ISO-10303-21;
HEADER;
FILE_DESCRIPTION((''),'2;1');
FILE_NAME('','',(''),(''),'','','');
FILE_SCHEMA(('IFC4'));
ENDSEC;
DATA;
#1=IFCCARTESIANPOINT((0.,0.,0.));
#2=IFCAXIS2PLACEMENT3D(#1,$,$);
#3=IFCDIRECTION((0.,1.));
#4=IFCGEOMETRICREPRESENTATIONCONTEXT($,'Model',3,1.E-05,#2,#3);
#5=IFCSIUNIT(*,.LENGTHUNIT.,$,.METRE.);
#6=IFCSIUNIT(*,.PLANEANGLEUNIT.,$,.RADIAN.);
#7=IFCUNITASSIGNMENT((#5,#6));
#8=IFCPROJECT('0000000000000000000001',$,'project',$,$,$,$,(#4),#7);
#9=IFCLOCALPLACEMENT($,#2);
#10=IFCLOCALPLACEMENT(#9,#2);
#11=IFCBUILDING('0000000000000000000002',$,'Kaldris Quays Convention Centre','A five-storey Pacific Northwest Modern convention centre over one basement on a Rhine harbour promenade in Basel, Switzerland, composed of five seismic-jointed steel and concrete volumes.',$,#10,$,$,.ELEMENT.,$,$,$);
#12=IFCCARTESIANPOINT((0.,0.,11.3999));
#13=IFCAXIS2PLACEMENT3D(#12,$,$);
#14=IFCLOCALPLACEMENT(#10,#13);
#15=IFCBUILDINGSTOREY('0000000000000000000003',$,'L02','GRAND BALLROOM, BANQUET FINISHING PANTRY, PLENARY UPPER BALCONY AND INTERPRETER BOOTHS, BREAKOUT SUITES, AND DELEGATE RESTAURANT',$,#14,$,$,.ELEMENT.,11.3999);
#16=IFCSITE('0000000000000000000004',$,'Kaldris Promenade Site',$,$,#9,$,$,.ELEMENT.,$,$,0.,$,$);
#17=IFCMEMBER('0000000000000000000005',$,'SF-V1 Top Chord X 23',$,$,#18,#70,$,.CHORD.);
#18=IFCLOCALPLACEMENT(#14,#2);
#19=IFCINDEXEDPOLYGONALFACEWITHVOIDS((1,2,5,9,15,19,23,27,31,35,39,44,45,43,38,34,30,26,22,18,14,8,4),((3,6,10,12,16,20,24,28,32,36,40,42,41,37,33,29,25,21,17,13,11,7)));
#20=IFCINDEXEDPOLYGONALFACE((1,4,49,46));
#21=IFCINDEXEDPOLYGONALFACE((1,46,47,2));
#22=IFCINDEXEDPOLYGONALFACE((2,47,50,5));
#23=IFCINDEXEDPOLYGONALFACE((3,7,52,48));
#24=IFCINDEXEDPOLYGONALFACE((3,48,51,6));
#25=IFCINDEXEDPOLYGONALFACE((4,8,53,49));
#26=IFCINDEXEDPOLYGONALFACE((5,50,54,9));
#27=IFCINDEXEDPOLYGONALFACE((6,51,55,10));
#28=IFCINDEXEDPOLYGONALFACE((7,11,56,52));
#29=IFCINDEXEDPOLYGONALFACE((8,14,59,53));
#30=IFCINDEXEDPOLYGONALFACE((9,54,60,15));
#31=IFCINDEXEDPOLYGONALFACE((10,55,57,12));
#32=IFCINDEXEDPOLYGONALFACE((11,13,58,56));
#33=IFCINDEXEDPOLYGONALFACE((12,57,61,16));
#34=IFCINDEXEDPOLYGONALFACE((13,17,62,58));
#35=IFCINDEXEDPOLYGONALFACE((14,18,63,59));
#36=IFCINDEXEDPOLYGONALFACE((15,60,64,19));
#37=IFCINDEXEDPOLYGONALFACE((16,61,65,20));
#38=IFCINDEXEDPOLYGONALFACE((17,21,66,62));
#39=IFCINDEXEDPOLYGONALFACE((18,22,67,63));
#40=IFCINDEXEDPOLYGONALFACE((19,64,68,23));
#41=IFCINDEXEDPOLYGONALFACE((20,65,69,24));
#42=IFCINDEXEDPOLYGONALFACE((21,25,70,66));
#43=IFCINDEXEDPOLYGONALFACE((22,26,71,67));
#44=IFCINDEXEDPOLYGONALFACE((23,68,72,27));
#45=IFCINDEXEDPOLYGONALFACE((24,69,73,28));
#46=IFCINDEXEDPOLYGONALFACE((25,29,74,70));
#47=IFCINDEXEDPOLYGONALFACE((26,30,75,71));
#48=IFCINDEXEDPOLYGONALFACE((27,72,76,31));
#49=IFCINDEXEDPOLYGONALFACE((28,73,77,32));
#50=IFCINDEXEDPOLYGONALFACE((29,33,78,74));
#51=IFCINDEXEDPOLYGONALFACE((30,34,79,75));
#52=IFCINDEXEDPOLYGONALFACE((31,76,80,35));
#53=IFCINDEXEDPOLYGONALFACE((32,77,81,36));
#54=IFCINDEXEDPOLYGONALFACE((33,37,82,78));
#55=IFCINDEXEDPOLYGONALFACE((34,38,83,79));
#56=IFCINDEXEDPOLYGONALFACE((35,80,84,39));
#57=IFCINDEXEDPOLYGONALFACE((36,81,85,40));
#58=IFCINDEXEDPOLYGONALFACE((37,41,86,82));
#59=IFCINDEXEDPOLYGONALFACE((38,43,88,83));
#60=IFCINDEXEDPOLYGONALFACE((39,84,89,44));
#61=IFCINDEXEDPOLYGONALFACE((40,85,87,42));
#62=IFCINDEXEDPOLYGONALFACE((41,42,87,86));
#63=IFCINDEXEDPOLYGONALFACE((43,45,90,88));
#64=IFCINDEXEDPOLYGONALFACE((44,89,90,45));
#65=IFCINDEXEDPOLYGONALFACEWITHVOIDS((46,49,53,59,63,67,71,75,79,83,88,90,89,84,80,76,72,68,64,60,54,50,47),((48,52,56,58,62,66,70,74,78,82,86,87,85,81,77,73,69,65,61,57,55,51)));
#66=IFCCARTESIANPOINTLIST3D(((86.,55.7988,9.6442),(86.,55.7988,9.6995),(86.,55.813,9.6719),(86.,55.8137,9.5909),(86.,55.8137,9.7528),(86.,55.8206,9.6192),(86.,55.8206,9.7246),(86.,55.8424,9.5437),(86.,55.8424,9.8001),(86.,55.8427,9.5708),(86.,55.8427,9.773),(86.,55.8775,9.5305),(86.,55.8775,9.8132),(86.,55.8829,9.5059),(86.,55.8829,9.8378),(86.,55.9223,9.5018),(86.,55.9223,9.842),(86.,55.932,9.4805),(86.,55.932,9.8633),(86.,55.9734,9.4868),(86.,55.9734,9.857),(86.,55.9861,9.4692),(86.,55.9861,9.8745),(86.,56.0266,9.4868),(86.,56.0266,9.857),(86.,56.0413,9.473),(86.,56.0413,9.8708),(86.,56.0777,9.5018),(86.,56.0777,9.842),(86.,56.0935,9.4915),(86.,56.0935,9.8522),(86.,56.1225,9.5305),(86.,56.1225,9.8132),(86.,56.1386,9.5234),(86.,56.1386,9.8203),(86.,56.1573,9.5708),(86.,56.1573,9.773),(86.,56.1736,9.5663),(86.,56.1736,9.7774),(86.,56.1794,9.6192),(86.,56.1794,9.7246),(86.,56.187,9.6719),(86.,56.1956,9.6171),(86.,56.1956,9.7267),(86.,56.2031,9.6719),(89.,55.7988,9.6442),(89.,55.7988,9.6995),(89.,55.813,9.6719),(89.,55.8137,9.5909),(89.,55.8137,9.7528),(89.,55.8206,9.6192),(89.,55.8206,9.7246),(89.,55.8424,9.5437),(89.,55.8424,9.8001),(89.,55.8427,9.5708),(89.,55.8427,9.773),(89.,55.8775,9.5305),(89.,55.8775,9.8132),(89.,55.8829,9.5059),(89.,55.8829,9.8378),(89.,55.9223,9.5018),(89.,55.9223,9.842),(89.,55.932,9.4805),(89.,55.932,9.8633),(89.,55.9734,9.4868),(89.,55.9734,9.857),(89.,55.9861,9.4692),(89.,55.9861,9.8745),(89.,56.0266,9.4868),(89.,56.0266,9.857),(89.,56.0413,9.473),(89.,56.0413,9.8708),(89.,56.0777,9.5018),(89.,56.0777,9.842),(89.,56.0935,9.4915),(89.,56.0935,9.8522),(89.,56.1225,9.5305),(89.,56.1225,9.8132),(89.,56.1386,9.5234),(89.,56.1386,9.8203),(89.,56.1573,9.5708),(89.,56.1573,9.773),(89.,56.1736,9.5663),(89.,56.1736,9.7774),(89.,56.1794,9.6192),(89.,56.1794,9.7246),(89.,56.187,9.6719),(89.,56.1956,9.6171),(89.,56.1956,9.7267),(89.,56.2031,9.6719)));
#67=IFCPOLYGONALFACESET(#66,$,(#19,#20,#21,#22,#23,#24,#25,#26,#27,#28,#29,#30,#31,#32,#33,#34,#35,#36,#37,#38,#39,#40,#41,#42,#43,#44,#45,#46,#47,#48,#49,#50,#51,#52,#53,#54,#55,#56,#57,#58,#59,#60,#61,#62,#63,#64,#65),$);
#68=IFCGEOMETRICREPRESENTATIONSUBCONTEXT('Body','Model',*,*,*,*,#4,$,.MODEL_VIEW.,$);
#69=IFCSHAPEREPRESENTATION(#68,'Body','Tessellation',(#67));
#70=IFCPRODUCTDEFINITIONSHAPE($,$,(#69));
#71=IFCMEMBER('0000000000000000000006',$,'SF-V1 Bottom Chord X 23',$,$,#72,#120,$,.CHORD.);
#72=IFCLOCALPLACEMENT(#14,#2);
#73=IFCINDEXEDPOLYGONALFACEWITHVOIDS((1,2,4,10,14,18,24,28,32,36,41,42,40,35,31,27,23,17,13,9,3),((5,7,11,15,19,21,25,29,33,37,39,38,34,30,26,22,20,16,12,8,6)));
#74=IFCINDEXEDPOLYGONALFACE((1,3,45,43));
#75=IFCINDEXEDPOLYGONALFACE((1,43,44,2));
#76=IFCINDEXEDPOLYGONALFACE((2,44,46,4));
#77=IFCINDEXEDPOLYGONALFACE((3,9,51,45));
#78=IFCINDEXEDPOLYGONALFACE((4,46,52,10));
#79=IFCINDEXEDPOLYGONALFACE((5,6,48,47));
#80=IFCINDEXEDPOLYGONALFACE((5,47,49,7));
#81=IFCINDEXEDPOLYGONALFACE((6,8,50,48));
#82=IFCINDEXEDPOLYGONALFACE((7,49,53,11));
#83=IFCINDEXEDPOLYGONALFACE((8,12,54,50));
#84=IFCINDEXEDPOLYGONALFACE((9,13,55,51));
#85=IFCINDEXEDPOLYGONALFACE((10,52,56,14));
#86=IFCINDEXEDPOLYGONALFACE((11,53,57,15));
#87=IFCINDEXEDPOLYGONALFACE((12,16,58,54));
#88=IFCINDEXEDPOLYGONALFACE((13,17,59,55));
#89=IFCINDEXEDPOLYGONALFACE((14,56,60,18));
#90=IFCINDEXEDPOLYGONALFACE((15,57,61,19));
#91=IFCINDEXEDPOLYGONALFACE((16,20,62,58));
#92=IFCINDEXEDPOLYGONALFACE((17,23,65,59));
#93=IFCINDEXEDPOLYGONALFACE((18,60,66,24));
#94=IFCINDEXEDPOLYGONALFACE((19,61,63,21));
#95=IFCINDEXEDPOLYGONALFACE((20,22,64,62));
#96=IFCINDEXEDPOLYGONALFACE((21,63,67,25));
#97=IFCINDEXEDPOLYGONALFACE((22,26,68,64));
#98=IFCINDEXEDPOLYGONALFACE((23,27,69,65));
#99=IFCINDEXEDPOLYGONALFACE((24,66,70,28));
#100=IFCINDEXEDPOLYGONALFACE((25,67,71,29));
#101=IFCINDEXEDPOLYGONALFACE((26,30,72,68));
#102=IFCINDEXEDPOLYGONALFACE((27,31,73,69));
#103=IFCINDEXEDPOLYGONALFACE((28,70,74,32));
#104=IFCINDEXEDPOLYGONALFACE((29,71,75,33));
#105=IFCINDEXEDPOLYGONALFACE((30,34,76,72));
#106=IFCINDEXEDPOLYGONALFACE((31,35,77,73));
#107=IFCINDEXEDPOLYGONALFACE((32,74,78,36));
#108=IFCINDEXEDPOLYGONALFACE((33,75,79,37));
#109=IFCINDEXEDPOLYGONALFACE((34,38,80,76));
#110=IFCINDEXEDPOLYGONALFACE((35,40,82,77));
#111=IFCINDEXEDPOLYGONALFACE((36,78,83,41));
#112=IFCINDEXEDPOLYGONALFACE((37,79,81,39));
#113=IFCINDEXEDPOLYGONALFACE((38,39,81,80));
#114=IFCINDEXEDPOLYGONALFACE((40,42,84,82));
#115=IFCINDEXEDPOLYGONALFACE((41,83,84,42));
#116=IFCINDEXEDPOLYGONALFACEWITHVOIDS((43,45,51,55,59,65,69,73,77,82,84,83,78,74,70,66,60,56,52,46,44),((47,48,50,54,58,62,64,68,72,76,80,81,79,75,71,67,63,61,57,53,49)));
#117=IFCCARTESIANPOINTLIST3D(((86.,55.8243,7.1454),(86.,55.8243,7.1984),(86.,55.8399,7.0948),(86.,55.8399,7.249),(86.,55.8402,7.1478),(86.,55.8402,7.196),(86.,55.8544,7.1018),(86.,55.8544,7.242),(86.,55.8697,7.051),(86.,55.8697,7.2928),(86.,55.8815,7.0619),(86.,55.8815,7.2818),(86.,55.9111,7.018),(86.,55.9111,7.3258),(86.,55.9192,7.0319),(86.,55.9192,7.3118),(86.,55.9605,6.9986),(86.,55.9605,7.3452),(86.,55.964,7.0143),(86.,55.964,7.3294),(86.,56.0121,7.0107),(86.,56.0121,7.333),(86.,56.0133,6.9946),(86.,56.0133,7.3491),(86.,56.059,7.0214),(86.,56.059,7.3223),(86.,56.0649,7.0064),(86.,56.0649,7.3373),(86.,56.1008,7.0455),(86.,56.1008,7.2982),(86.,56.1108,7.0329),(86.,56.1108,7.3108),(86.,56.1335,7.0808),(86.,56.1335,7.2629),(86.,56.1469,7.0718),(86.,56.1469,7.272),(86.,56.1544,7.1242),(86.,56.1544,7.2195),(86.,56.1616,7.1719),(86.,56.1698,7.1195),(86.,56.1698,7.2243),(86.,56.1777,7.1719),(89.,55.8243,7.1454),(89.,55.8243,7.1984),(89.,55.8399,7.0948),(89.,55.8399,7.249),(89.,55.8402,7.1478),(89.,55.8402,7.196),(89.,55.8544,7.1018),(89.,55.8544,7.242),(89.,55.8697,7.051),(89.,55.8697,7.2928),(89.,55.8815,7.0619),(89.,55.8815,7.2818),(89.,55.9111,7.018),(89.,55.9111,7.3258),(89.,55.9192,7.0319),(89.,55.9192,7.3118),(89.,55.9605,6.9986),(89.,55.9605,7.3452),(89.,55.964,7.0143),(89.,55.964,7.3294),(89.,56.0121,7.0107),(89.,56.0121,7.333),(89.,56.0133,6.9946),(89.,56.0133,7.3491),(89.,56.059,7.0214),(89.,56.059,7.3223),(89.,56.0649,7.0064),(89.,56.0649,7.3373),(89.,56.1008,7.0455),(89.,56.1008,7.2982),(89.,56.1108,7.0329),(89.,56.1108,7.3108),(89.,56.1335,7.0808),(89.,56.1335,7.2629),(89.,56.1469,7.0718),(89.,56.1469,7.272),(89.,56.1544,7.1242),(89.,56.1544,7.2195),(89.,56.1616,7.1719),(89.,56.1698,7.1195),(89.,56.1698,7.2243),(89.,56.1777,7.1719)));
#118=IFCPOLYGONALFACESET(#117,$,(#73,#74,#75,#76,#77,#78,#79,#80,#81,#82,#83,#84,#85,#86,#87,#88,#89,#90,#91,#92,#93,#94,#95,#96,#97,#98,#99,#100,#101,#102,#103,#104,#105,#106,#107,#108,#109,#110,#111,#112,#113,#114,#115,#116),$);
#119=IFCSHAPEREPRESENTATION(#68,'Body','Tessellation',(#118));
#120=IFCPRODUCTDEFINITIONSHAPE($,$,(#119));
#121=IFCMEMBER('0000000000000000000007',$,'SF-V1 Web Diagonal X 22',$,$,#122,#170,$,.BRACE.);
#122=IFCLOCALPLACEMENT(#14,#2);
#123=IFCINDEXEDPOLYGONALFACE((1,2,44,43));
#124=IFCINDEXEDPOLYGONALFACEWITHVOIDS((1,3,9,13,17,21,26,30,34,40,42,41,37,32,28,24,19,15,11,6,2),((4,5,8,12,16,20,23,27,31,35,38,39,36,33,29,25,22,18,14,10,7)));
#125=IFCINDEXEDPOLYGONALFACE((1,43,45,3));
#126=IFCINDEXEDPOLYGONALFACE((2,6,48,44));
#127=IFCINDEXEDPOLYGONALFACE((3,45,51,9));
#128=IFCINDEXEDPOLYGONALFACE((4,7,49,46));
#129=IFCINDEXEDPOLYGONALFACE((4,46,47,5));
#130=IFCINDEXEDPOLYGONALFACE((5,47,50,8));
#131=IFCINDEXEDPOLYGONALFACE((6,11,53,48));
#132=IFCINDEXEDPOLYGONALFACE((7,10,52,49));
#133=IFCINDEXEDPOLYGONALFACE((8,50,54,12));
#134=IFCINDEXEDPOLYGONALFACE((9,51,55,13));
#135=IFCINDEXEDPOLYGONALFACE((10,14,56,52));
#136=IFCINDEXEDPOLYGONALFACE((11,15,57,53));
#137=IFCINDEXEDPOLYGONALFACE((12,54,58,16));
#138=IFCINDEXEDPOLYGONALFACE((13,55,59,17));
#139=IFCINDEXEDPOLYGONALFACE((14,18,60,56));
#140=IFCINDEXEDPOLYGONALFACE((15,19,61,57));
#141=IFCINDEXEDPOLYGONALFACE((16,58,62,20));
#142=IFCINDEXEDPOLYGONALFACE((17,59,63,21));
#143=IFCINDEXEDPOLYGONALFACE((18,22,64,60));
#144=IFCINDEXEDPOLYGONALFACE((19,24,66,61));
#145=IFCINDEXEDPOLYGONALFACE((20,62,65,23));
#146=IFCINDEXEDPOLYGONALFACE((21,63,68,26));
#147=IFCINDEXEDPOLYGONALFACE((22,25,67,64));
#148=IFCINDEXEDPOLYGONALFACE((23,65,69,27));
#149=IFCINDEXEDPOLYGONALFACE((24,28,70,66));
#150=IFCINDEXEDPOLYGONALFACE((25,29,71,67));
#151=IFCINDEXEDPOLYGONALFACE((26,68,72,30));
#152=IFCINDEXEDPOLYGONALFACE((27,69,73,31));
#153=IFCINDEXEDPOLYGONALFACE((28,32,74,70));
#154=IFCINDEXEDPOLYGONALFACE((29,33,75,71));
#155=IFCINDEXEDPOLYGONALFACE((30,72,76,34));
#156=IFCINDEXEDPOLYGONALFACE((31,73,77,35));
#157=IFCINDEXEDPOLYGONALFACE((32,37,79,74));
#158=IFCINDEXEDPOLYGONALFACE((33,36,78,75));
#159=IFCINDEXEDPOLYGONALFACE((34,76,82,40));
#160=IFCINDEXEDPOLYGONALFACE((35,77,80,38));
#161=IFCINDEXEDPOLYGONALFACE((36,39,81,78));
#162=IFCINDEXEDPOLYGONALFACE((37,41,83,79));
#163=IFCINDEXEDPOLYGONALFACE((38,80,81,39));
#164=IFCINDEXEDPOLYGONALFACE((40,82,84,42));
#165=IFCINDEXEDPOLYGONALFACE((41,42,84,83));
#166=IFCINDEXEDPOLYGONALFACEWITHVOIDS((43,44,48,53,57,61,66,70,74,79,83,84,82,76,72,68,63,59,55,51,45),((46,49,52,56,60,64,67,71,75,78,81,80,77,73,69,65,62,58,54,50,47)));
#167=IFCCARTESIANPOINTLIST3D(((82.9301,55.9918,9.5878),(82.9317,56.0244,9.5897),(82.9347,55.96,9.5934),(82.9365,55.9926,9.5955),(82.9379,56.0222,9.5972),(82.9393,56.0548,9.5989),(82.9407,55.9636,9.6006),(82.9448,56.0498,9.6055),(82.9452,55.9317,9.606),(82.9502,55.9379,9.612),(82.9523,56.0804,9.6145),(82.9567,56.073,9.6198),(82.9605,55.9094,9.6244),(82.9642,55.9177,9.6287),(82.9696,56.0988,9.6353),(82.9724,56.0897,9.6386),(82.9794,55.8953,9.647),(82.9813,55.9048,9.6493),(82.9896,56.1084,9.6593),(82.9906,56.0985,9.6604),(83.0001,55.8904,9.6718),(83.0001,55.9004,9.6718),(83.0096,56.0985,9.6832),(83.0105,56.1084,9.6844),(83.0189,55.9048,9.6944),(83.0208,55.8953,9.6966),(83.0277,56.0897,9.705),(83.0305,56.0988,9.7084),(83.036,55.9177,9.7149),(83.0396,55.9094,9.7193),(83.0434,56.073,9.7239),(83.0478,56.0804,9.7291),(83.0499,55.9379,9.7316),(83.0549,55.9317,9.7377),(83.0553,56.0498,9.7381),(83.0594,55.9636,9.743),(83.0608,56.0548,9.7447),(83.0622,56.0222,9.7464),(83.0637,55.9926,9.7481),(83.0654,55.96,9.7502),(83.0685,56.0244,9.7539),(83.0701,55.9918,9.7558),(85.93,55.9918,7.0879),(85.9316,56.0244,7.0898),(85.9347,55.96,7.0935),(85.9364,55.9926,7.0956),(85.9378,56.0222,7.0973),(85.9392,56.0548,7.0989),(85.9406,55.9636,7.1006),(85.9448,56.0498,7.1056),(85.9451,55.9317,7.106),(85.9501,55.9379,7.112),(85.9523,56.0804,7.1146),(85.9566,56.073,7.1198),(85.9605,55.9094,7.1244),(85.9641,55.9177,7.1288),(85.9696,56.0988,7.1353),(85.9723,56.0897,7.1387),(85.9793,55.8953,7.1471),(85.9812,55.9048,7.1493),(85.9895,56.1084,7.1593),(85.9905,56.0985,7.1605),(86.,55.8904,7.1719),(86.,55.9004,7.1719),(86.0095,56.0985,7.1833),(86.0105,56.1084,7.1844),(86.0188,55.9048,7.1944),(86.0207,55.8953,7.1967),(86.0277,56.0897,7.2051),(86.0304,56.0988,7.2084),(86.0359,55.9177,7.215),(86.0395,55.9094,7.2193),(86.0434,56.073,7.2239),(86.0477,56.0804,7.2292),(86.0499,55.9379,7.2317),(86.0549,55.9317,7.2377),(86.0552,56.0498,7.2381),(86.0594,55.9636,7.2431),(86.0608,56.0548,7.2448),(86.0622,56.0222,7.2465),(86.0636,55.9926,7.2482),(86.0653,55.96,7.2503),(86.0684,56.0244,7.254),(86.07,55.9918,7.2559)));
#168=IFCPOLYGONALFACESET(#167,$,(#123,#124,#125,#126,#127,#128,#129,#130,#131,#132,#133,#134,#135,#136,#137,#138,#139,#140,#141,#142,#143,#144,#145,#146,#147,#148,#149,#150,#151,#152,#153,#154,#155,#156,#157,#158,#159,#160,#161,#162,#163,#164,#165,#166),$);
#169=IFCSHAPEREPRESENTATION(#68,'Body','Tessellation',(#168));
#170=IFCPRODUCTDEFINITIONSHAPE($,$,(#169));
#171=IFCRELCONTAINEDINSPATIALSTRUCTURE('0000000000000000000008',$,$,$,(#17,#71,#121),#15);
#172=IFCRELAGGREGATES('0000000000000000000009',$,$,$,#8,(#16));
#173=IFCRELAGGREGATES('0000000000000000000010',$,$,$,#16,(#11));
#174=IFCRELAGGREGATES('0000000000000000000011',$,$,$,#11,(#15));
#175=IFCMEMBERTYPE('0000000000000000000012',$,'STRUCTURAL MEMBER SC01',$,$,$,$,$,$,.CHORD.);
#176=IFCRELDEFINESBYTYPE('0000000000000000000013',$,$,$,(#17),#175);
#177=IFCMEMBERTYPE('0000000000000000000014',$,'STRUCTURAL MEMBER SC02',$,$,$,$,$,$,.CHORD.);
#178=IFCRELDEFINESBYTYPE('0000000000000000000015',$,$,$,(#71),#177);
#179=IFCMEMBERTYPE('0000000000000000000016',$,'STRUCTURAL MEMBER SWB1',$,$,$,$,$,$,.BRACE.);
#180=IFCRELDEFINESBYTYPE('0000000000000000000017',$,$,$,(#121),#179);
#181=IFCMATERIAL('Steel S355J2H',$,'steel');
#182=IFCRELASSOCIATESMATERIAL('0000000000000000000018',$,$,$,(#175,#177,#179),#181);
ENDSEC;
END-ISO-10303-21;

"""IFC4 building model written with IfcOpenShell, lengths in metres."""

from ifc_helpers import new_model, si_unit, direction, frame, origin, origin_2d, place, context, subcontext, project, spatial, hollow_circle, extrude, material, material_profile, profile_set, type_object, element, save


model = new_model("IFC4")

# Units and contexts
model_context = context("Model", 3, precision=1e-05, world=origin(), true_north=direction((0.0, 1.0)))
body_context = subcontext(model_context, "Body", "Model", "MODEL_VIEW")
ifc_project = project(units=[si_unit("LENGTHUNIT", "METRE"), si_unit("PLANEANGLEUNIT", "RADIAN")], contexts=[model_context])

# Site, building, storey
site_placement = place(None, origin())
site = spatial("IfcSite", under=ifc_project, at=site_placement, Name="Kaldris Promenade Site", CompositionType="ELEMENT", RefElevation=0.0)
building_placement = place(site_placement, origin())
building = spatial("IfcBuilding", under=site, at=building_placement, Name="Kaldris Quays Convention Centre", Description="A five-storey Pacific Northwest Modern convention centre over one basement on a Rhine harbour promenade in Basel, Switzerland, composed of five seismic-jointed steel and concrete volumes.", CompositionType="ELEMENT")
storey_placement = place(building_placement, frame((0.0, 0.0, 11.3999)))
storey = spatial("IfcBuildingStorey", under=building, at=storey_placement, Name="L02", Description="GRAND BALLROOM, BANQUET FINISHING PANTRY, PLENARY UPPER BALCONY AND INTERPRETER BOOTHS, BREAKOUT SUITES, AND DELEGATE RESTAURANT", CompositionType="ELEMENT", Elevation=11.3999)

# Members
ifc_material_1 = material(Name="Steel S355J2H", Category="steel")
ifc_material_profile_1 = material_profile(ifc_material_1, hollow_circle(Radius=0.2031, WallThickness=0.0161, at=origin_2d()), Name="CHS 406.4x16")
ifc_profile_set_1 = profile_set([ifc_material_profile_1], Name="Steel S355J2H")
member_type_1 = type_object("IfcMemberType", Name="STRUCTURAL MEMBER SC01", PredefinedType="CHORD", material=ifc_profile_set_1)
member_1_placement = place(storey_placement, frame((86.0, 56.0, 9.6719), z_axis=(1.0, 0.0, 0.0), x_axis=(0.0, 1.0, 0.0)))
element("IfcMember", 1, at=member_1_placement, inside=storey, type_object=member_type_1, Name="SF-V1 Top Chord X 23", PredefinedType="CHORD", context=body_context, shape_type="SweptSolid", body=[
    extrude(hollow_circle(Radius=0.2031, WallThickness=0.0161, at=origin_2d()), origin(), (0.0, 0.0, 1.0), 3.0),
])
ifc_material_profile_2 = material_profile(ifc_material_1, hollow_circle(Radius=0.1777, WallThickness=0.0161, at=origin_2d()), Name="CHS 355.6x16")
ifc_profile_set_2 = profile_set([ifc_material_profile_2], Name="Steel S355J2H")
member_type_2 = type_object("IfcMemberType", Name="STRUCTURAL MEMBER SC02", PredefinedType="CHORD", material=ifc_profile_set_2)
member_2_placement = place(storey_placement, frame((86.0, 56.0, 7.1719), z_axis=(1.0, 0.0, 0.0), x_axis=(0.0, 1.0, 0.0)))
element("IfcMember", 2, at=member_2_placement, inside=storey, type_object=member_type_2, Name="SF-V1 Bottom Chord X 23", PredefinedType="CHORD", context=body_context, shape_type="SweptSolid", body=[
    extrude(hollow_circle(Radius=0.1777, WallThickness=0.0161, at=origin_2d()), origin(), (0.0, 0.0, 1.0), 3.0),
])
ifc_material_profile_3 = material_profile(ifc_material_1, hollow_circle(Radius=0.1096, WallThickness=0.01, at=origin_2d()), Name="CHS 219.1x10")
ifc_profile_set_3 = profile_set([ifc_material_profile_3], Name="Steel S355J2H")
member_type_3 = type_object("IfcMemberType", Name="STRUCTURAL MEMBER SWB1", PredefinedType="BRACE", material=ifc_profile_set_3)
for number, where, z_axis, x_axis, name in (
    (3, (86.0, 56.0, 7.1719), (-0.768221, 0.0, 0.640184), (0.0, -1.0, 0.0), "SF-V1 Web Diagonal X 22"),
):
    element("IfcMember", number, at=place(storey_placement, frame(where, z_axis=z_axis, x_axis=x_axis)), inside=storey, type_object=member_type_3, Name=name, PredefinedType="BRACE", context=body_context, shape_type="SweptSolid", body=[
        extrude(hollow_circle(Radius=0.1096, WallThickness=0.01, at=origin_2d()), origin(), (0.0, 0.0, 1.0), 3.905),
    ])

save(model, "model.ifc")
